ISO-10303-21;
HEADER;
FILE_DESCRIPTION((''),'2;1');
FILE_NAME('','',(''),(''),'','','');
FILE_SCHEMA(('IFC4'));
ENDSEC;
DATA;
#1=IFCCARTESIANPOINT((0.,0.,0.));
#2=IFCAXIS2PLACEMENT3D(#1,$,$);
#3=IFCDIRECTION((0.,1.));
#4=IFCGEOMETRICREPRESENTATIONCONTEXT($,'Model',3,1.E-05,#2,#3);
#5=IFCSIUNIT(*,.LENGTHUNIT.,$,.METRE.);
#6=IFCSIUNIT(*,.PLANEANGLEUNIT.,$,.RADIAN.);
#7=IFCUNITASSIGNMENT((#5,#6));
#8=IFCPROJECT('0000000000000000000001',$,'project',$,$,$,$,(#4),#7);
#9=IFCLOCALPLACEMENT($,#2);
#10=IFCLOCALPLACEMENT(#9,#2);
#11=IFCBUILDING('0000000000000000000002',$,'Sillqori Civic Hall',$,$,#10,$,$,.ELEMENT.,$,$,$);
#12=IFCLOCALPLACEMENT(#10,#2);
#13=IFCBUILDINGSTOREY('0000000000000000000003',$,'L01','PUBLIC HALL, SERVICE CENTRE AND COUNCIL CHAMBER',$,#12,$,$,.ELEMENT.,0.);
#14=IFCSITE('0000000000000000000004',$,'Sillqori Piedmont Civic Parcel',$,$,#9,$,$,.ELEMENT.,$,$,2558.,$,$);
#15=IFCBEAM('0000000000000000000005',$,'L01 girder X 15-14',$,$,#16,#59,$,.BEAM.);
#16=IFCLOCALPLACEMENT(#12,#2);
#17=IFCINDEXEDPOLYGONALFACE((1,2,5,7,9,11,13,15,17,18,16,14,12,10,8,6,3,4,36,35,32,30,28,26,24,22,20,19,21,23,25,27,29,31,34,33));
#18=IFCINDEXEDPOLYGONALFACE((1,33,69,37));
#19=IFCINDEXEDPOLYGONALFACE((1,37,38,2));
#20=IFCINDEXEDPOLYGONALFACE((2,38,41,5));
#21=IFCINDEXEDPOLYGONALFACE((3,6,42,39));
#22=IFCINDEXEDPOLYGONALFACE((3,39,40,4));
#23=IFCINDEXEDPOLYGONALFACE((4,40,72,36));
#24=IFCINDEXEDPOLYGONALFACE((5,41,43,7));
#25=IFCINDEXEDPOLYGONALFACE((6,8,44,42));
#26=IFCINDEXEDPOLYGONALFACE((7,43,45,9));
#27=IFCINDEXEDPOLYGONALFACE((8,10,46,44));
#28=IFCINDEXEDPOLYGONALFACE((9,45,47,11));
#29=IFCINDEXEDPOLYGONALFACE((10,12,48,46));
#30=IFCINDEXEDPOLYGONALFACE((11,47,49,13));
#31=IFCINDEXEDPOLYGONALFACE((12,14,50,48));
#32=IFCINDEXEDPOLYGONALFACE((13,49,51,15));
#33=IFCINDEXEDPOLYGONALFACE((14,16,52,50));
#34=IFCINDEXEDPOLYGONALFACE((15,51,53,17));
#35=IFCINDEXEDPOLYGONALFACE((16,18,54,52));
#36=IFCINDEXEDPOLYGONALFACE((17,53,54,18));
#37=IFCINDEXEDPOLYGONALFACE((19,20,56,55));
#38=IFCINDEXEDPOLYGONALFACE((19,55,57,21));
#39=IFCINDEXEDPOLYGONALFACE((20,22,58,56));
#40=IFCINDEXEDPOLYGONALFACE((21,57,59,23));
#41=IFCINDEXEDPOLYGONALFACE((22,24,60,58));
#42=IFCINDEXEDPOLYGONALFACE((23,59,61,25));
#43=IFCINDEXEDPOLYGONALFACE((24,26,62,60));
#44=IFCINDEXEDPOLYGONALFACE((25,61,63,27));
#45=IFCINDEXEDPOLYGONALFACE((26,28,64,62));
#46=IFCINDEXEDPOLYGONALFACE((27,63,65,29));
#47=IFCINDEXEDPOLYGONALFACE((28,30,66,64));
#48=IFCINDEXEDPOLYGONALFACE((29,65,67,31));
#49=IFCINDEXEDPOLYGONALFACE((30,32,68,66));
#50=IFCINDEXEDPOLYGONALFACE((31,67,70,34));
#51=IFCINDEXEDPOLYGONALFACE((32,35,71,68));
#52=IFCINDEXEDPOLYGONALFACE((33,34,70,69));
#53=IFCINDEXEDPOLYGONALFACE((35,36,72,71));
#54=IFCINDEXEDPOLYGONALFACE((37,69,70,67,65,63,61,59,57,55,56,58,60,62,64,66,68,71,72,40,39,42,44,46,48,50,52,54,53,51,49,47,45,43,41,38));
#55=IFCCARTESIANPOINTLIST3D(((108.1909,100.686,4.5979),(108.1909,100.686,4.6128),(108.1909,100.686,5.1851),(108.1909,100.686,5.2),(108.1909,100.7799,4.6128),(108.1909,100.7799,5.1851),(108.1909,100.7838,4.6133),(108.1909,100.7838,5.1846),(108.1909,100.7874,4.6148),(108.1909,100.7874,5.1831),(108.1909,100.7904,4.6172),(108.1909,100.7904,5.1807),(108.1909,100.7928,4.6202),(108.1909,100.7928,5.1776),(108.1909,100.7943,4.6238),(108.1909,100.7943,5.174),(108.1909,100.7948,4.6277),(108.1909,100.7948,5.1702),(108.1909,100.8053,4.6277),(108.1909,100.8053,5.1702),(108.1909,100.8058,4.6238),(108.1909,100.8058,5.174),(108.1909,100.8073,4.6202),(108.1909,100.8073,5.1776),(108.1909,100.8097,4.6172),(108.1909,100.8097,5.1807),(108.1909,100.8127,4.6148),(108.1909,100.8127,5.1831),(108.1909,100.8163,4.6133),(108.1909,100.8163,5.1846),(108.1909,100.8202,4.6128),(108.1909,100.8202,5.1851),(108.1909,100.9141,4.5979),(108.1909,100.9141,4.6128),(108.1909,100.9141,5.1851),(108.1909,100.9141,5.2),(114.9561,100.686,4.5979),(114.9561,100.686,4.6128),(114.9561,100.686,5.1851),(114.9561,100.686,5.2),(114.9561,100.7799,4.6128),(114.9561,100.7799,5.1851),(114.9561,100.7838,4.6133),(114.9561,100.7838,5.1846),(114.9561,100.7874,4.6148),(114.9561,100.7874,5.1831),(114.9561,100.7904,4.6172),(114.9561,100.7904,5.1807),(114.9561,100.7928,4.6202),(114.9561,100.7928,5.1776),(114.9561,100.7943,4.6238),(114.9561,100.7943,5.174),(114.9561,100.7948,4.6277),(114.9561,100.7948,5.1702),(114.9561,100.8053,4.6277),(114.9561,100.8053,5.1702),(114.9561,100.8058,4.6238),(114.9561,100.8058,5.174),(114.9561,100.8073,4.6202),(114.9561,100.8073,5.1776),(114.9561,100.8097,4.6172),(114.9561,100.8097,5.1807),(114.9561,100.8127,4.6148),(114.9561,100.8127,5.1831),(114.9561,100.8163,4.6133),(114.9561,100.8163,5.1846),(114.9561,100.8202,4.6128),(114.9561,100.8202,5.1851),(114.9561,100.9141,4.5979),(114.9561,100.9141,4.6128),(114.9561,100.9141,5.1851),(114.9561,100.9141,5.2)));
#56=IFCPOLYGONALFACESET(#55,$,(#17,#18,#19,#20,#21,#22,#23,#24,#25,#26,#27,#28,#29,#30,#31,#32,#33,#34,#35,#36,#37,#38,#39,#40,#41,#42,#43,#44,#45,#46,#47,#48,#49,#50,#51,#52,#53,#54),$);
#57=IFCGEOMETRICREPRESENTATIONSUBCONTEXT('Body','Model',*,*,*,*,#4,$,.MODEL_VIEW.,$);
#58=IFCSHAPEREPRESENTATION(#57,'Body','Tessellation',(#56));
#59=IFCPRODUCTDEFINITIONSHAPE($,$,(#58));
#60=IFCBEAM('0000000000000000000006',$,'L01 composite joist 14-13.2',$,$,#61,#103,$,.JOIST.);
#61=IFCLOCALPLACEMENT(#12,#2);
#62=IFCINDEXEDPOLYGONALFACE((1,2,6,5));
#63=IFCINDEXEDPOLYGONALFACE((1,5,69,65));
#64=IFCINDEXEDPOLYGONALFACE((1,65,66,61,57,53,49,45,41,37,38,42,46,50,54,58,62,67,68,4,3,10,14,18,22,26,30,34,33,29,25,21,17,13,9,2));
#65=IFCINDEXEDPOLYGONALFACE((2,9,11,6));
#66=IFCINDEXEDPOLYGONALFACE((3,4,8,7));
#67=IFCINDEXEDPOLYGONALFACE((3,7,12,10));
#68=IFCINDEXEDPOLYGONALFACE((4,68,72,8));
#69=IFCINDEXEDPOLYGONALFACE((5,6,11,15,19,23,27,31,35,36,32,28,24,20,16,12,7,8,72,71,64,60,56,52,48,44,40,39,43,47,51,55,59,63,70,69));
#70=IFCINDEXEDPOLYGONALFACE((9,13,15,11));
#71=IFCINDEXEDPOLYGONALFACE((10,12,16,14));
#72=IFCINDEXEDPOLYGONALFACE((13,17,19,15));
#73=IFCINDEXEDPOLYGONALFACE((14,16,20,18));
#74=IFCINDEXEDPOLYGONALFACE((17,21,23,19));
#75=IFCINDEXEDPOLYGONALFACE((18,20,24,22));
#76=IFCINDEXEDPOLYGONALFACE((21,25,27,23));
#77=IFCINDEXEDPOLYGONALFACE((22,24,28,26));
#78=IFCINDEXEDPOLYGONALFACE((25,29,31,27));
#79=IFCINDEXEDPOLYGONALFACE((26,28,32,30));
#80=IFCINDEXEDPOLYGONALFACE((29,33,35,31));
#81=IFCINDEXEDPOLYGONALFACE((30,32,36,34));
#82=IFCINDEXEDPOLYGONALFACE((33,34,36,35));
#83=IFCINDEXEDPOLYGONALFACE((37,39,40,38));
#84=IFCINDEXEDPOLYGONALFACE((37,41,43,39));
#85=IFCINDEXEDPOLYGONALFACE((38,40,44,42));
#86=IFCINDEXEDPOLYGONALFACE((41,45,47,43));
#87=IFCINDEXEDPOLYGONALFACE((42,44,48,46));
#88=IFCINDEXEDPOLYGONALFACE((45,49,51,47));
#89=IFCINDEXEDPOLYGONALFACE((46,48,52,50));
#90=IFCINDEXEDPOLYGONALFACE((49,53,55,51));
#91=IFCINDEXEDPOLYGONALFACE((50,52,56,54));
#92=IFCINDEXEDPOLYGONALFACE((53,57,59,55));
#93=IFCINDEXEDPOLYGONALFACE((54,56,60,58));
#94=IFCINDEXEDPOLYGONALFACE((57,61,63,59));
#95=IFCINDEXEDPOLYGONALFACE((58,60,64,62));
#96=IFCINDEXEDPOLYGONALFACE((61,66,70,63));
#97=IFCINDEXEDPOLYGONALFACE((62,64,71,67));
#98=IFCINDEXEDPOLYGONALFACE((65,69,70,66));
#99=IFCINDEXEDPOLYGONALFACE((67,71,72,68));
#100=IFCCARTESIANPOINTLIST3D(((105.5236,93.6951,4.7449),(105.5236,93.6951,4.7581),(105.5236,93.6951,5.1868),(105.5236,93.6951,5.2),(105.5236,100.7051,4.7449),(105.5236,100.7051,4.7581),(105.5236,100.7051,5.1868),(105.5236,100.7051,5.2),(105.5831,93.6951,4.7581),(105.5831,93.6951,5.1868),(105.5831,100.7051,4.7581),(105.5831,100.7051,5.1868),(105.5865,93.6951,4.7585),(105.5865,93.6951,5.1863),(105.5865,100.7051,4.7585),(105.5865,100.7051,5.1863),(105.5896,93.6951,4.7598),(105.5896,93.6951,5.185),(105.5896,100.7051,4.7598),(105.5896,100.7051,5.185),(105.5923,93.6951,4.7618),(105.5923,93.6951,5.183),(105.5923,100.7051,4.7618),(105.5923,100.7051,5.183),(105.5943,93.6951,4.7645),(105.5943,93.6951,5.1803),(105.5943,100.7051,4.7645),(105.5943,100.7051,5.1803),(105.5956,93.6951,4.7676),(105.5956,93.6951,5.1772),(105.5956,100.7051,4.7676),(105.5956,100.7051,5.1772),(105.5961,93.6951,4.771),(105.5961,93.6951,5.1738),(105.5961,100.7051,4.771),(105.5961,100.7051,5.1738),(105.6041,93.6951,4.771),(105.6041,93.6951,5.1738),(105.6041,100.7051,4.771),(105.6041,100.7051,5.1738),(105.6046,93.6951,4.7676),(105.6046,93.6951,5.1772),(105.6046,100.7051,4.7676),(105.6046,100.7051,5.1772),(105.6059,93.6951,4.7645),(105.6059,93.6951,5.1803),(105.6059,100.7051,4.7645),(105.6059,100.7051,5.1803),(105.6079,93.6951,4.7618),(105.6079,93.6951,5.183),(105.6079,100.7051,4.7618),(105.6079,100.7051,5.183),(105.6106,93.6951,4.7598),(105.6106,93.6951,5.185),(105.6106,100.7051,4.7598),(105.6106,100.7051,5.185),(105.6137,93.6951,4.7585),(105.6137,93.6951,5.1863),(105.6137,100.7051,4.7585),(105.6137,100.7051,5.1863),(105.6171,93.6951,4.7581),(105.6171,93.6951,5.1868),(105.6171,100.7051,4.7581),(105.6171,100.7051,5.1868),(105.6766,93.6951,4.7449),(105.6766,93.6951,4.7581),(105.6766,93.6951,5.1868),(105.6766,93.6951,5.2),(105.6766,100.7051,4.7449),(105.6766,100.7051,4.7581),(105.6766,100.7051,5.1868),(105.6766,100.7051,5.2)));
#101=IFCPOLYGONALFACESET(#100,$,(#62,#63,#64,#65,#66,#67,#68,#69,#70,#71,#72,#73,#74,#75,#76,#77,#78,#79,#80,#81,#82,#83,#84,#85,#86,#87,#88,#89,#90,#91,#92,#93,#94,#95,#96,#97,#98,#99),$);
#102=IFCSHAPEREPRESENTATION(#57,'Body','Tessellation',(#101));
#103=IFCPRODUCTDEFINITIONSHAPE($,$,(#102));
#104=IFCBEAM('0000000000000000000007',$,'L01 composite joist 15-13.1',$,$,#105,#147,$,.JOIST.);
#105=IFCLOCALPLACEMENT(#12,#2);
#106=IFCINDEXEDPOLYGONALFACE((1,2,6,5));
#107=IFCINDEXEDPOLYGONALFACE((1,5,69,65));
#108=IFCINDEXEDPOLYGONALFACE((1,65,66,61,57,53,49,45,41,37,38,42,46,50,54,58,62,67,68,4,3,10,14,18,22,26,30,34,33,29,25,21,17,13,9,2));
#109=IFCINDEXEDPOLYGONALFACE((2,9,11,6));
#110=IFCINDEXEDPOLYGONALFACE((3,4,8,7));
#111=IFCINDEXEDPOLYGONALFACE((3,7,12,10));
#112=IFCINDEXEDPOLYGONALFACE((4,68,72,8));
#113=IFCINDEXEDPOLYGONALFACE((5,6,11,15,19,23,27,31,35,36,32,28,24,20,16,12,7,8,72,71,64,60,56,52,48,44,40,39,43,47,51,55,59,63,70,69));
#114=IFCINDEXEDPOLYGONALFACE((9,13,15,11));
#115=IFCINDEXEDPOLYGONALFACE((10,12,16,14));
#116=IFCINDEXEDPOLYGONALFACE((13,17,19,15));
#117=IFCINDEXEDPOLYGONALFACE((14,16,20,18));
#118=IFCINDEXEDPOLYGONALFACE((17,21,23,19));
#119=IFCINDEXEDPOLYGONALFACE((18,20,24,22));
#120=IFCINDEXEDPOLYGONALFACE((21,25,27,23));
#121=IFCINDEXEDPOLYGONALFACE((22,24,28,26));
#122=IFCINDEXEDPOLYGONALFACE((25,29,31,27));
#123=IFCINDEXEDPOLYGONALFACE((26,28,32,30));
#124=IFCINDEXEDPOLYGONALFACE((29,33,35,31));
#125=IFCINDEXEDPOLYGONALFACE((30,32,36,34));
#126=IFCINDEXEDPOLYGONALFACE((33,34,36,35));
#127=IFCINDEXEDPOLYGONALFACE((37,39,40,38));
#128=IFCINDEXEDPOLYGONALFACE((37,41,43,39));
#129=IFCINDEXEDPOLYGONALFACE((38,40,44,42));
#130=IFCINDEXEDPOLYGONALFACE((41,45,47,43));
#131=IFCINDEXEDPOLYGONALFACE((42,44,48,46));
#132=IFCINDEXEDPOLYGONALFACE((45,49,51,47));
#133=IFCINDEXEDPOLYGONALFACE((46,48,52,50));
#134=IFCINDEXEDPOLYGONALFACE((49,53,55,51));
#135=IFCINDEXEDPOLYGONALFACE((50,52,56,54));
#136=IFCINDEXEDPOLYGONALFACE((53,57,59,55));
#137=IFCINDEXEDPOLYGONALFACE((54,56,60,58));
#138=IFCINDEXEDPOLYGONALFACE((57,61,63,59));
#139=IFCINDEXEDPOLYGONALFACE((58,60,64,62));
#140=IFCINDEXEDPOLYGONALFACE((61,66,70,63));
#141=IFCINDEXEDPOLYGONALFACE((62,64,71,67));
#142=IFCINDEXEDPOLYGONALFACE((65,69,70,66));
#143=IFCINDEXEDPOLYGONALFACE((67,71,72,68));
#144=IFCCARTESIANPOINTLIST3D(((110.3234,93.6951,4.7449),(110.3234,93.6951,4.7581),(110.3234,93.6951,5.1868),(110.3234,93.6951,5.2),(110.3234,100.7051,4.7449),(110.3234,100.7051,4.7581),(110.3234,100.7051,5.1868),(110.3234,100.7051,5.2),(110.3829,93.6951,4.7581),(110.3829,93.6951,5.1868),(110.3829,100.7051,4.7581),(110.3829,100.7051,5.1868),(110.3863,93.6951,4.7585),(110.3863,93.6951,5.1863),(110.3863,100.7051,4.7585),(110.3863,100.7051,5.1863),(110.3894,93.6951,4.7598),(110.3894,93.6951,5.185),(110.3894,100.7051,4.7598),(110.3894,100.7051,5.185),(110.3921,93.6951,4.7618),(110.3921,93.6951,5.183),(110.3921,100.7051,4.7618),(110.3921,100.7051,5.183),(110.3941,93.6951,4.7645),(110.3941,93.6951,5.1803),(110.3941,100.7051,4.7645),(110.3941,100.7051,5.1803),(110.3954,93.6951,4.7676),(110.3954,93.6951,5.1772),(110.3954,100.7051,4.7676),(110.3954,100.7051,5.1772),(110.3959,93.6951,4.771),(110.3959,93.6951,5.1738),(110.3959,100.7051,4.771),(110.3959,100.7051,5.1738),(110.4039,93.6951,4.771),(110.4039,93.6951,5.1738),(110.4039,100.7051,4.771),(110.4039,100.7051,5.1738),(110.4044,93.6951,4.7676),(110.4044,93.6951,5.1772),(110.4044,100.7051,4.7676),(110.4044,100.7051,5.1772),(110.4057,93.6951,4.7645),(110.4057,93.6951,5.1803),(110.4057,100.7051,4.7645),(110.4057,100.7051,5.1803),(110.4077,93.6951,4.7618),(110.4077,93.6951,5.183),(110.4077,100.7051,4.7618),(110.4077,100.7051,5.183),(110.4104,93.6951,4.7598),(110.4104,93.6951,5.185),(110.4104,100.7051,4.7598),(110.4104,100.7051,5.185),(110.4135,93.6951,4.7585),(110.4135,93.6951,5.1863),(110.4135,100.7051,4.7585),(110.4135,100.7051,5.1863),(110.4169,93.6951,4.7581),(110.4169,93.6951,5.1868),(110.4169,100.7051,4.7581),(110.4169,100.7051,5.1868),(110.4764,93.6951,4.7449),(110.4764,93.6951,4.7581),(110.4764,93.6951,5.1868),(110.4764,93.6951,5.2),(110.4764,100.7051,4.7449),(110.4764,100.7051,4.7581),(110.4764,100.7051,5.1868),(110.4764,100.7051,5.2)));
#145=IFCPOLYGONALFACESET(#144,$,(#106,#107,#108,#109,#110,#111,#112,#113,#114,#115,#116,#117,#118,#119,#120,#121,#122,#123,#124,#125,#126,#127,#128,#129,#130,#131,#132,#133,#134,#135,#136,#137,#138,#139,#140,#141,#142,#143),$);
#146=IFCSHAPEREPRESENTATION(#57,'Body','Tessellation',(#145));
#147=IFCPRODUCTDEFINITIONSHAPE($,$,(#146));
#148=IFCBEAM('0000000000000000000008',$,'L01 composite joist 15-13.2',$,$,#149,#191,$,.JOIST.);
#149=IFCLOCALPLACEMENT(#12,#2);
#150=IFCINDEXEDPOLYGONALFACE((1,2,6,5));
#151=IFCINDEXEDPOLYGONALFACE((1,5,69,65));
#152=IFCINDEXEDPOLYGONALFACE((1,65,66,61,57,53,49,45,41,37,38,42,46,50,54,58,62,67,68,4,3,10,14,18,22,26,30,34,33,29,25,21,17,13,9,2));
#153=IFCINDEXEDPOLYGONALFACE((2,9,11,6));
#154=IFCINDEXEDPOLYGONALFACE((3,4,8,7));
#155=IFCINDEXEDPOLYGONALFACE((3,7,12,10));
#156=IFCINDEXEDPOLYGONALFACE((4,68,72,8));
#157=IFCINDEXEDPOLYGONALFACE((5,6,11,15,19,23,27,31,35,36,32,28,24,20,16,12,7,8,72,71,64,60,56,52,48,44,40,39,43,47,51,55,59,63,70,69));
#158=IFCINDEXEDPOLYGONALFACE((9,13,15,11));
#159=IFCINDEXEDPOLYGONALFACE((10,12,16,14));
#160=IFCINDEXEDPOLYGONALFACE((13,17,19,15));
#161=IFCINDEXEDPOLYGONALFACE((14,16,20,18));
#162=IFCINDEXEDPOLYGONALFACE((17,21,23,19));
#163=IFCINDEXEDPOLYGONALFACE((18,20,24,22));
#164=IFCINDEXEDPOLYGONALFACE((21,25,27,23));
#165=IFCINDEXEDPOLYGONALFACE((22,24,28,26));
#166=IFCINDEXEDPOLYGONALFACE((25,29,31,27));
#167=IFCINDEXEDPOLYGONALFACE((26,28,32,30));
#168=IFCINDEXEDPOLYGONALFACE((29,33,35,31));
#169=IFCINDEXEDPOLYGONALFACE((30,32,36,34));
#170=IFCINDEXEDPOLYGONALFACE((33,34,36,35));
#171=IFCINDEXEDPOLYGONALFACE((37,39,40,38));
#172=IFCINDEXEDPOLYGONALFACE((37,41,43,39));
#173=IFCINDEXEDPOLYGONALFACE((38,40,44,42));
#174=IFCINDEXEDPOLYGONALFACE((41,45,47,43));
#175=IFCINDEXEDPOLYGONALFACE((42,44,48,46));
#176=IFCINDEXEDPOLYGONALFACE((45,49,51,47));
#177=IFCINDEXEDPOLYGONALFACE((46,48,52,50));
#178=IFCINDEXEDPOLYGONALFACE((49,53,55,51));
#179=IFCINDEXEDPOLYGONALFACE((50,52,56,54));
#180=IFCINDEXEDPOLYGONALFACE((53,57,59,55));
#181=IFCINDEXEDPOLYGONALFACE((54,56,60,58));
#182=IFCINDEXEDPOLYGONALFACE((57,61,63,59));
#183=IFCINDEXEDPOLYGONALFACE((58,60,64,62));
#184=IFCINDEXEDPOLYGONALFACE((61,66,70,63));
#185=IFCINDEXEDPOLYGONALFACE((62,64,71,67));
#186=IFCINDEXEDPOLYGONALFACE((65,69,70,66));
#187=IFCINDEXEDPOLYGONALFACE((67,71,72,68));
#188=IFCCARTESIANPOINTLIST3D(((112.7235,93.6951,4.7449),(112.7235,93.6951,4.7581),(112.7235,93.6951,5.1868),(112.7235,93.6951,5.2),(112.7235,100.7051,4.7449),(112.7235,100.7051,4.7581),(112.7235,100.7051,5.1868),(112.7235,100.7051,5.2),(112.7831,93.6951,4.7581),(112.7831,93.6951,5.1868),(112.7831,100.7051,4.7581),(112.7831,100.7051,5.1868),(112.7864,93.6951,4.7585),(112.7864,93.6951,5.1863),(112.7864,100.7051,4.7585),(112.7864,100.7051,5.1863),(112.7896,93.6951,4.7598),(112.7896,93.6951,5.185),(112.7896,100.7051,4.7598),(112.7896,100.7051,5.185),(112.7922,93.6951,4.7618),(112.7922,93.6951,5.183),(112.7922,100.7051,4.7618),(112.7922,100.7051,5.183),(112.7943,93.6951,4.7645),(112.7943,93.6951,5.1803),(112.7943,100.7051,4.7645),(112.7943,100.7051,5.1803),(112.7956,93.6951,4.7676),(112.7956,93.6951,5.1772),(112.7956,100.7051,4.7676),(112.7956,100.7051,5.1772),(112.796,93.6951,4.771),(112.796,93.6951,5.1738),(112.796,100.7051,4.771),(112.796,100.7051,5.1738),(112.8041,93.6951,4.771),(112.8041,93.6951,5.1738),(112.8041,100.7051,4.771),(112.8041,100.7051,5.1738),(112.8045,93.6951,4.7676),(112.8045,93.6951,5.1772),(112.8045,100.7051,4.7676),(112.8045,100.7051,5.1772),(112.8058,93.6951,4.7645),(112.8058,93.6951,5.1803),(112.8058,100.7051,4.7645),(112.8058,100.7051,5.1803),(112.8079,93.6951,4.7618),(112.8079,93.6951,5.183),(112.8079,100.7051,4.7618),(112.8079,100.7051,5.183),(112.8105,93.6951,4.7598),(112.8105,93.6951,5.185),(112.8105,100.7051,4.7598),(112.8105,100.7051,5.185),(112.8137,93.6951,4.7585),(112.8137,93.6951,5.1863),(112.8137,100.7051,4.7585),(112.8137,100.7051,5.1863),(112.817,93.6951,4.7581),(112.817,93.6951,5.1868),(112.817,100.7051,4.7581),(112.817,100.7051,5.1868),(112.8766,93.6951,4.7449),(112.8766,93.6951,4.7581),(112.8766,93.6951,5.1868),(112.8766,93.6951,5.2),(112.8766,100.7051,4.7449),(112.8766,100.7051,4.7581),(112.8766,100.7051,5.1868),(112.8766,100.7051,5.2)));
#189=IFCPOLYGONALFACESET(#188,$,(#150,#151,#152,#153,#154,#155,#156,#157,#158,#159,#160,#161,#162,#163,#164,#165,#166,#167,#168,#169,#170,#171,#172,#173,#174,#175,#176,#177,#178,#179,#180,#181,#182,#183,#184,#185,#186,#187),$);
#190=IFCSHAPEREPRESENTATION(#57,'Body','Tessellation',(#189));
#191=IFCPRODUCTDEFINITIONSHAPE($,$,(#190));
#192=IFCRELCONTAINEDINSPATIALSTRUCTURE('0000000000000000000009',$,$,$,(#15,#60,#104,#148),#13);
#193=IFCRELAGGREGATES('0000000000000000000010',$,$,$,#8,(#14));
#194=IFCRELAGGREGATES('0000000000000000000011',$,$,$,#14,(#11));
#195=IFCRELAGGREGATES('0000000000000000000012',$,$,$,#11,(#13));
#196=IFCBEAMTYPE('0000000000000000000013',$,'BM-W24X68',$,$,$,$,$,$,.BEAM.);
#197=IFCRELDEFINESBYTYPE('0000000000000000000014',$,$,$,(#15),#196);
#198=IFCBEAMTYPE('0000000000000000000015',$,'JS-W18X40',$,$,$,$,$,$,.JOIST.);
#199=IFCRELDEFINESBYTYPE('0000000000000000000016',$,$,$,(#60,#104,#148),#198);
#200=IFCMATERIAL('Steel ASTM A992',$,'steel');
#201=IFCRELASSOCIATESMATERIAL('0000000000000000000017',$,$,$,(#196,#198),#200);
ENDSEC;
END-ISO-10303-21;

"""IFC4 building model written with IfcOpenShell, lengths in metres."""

from ifc_helpers import new_model, si_unit, direction, frame, origin, origin_2d, place, context, subcontext, project, spatial, i_section, extrude, material, material_profile, profile_set, type_object, element, save


model = new_model("IFC4")

# Units and contexts
model_context = context("Model", 3, precision=1e-05, world=origin(), true_north=direction((0.0, 1.0)))
body_context = subcontext(model_context, "Body", "Model", "MODEL_VIEW")
ifc_project = project(units=[si_unit("LENGTHUNIT", "METRE"), si_unit("PLANEANGLEUNIT", "RADIAN")], contexts=[model_context])

# Site, building, storey
site_placement = place(None, origin())
site = spatial("IfcSite", under=ifc_project, at=site_placement, Name="Sillqori Piedmont Civic Parcel", CompositionType="ELEMENT", RefElevation=2558.0)
building_placement = place(site_placement, origin())
building = spatial("IfcBuilding", under=site, at=building_placement, Name="Sillqori Civic Hall", CompositionType="ELEMENT")
storey_placement = place(building_placement, origin())
storey = spatial("IfcBuildingStorey", under=building, at=storey_placement, Name="L01", Description="PUBLIC HALL, SERVICE CENTRE AND COUNCIL CHAMBER", CompositionType="ELEMENT", Elevation=0.0)

# Shared definitions
ifc_material_1 = material(Name="Steel ASTM A992", Category="steel")

# Beams
ifc_material_profile_1 = material_profile(ifc_material_1, i_section(OverallWidth=0.228, OverallDepth=0.6021, WebThickness=0.0105, FlangeThickness=0.0149, FilletRadius=0.0149, at=origin_2d()), Name="W24X68")
ifc_profile_set_1 = profile_set([ifc_material_profile_1], Name="Steel ASTM A992")
beam_type_1 = type_object("IfcBeamType", Name="BM-W24X68", PredefinedType="BEAM", material=ifc_profile_set_1)
beam_1_placement = place(storey_placement, frame((108.1909, 100.8, 4.8989), z_axis=(1.0, 0.0, 0.0), x_axis=(0.0, 1.0, 0.0)))
element("IfcBeam", 1, at=beam_1_placement, inside=storey, type_object=beam_type_1, Name="L01 girder X 15-14", PredefinedType="BEAM", context=body_context, shape_type="SweptSolid", body=[
    extrude(i_section(OverallWidth=0.228, OverallDepth=0.6021, WebThickness=0.0105, FlangeThickness=0.0149, FilletRadius=0.0149, at=origin_2d()), origin(), (0.0, 0.0, 1.0), 6.7651),
])
ifc_material_profile_2 = material_profile(ifc_material_1, i_section(OverallWidth=0.1531, OverallDepth=0.4551, WebThickness=0.0081, FlangeThickness=0.0132, FilletRadius=0.0129, at=origin_2d()), Name="W18X40")
ifc_profile_set_2 = profile_set([ifc_material_profile_2], Name="Steel ASTM A992")
beam_type_2 = type_object("IfcBeamType", Name="JS-W18X40", PredefinedType="JOIST", material=ifc_profile_set_2)
for number, where, z_axis, x_axis, name in (
    (2, (105.6001, 93.6951, 4.9724), (0.0, 1.0, 0.0), (-1.0, 0.0, 0.0), "L01 composite joist 14-13.2"),
    (3, (110.3999, 93.6951, 4.9724), (0.0, 1.0, 0.0), (-1.0, 0.0, 0.0), "L01 composite joist 15-13.1"),
    (4, (112.8, 93.6951, 4.9724), (0.0, 1.0, 0.0), (-1.0, 0.0, 0.0), "L01 composite joist 15-13.2"),
):
    element("IfcBeam", number, at=place(storey_placement, frame(where, z_axis=z_axis, x_axis=x_axis)), inside=storey, type_object=beam_type_2, Name=name, PredefinedType="JOIST", context=body_context, shape_type="SweptSolid", body=[
        extrude(i_section(OverallWidth=0.1531, OverallDepth=0.4551, WebThickness=0.0081, FlangeThickness=0.0132, FilletRadius=0.0129, at=origin_2d()), origin(), (0.0, 0.0, 1.0), 7.01),
    ])

save(model, "model.ifc")
